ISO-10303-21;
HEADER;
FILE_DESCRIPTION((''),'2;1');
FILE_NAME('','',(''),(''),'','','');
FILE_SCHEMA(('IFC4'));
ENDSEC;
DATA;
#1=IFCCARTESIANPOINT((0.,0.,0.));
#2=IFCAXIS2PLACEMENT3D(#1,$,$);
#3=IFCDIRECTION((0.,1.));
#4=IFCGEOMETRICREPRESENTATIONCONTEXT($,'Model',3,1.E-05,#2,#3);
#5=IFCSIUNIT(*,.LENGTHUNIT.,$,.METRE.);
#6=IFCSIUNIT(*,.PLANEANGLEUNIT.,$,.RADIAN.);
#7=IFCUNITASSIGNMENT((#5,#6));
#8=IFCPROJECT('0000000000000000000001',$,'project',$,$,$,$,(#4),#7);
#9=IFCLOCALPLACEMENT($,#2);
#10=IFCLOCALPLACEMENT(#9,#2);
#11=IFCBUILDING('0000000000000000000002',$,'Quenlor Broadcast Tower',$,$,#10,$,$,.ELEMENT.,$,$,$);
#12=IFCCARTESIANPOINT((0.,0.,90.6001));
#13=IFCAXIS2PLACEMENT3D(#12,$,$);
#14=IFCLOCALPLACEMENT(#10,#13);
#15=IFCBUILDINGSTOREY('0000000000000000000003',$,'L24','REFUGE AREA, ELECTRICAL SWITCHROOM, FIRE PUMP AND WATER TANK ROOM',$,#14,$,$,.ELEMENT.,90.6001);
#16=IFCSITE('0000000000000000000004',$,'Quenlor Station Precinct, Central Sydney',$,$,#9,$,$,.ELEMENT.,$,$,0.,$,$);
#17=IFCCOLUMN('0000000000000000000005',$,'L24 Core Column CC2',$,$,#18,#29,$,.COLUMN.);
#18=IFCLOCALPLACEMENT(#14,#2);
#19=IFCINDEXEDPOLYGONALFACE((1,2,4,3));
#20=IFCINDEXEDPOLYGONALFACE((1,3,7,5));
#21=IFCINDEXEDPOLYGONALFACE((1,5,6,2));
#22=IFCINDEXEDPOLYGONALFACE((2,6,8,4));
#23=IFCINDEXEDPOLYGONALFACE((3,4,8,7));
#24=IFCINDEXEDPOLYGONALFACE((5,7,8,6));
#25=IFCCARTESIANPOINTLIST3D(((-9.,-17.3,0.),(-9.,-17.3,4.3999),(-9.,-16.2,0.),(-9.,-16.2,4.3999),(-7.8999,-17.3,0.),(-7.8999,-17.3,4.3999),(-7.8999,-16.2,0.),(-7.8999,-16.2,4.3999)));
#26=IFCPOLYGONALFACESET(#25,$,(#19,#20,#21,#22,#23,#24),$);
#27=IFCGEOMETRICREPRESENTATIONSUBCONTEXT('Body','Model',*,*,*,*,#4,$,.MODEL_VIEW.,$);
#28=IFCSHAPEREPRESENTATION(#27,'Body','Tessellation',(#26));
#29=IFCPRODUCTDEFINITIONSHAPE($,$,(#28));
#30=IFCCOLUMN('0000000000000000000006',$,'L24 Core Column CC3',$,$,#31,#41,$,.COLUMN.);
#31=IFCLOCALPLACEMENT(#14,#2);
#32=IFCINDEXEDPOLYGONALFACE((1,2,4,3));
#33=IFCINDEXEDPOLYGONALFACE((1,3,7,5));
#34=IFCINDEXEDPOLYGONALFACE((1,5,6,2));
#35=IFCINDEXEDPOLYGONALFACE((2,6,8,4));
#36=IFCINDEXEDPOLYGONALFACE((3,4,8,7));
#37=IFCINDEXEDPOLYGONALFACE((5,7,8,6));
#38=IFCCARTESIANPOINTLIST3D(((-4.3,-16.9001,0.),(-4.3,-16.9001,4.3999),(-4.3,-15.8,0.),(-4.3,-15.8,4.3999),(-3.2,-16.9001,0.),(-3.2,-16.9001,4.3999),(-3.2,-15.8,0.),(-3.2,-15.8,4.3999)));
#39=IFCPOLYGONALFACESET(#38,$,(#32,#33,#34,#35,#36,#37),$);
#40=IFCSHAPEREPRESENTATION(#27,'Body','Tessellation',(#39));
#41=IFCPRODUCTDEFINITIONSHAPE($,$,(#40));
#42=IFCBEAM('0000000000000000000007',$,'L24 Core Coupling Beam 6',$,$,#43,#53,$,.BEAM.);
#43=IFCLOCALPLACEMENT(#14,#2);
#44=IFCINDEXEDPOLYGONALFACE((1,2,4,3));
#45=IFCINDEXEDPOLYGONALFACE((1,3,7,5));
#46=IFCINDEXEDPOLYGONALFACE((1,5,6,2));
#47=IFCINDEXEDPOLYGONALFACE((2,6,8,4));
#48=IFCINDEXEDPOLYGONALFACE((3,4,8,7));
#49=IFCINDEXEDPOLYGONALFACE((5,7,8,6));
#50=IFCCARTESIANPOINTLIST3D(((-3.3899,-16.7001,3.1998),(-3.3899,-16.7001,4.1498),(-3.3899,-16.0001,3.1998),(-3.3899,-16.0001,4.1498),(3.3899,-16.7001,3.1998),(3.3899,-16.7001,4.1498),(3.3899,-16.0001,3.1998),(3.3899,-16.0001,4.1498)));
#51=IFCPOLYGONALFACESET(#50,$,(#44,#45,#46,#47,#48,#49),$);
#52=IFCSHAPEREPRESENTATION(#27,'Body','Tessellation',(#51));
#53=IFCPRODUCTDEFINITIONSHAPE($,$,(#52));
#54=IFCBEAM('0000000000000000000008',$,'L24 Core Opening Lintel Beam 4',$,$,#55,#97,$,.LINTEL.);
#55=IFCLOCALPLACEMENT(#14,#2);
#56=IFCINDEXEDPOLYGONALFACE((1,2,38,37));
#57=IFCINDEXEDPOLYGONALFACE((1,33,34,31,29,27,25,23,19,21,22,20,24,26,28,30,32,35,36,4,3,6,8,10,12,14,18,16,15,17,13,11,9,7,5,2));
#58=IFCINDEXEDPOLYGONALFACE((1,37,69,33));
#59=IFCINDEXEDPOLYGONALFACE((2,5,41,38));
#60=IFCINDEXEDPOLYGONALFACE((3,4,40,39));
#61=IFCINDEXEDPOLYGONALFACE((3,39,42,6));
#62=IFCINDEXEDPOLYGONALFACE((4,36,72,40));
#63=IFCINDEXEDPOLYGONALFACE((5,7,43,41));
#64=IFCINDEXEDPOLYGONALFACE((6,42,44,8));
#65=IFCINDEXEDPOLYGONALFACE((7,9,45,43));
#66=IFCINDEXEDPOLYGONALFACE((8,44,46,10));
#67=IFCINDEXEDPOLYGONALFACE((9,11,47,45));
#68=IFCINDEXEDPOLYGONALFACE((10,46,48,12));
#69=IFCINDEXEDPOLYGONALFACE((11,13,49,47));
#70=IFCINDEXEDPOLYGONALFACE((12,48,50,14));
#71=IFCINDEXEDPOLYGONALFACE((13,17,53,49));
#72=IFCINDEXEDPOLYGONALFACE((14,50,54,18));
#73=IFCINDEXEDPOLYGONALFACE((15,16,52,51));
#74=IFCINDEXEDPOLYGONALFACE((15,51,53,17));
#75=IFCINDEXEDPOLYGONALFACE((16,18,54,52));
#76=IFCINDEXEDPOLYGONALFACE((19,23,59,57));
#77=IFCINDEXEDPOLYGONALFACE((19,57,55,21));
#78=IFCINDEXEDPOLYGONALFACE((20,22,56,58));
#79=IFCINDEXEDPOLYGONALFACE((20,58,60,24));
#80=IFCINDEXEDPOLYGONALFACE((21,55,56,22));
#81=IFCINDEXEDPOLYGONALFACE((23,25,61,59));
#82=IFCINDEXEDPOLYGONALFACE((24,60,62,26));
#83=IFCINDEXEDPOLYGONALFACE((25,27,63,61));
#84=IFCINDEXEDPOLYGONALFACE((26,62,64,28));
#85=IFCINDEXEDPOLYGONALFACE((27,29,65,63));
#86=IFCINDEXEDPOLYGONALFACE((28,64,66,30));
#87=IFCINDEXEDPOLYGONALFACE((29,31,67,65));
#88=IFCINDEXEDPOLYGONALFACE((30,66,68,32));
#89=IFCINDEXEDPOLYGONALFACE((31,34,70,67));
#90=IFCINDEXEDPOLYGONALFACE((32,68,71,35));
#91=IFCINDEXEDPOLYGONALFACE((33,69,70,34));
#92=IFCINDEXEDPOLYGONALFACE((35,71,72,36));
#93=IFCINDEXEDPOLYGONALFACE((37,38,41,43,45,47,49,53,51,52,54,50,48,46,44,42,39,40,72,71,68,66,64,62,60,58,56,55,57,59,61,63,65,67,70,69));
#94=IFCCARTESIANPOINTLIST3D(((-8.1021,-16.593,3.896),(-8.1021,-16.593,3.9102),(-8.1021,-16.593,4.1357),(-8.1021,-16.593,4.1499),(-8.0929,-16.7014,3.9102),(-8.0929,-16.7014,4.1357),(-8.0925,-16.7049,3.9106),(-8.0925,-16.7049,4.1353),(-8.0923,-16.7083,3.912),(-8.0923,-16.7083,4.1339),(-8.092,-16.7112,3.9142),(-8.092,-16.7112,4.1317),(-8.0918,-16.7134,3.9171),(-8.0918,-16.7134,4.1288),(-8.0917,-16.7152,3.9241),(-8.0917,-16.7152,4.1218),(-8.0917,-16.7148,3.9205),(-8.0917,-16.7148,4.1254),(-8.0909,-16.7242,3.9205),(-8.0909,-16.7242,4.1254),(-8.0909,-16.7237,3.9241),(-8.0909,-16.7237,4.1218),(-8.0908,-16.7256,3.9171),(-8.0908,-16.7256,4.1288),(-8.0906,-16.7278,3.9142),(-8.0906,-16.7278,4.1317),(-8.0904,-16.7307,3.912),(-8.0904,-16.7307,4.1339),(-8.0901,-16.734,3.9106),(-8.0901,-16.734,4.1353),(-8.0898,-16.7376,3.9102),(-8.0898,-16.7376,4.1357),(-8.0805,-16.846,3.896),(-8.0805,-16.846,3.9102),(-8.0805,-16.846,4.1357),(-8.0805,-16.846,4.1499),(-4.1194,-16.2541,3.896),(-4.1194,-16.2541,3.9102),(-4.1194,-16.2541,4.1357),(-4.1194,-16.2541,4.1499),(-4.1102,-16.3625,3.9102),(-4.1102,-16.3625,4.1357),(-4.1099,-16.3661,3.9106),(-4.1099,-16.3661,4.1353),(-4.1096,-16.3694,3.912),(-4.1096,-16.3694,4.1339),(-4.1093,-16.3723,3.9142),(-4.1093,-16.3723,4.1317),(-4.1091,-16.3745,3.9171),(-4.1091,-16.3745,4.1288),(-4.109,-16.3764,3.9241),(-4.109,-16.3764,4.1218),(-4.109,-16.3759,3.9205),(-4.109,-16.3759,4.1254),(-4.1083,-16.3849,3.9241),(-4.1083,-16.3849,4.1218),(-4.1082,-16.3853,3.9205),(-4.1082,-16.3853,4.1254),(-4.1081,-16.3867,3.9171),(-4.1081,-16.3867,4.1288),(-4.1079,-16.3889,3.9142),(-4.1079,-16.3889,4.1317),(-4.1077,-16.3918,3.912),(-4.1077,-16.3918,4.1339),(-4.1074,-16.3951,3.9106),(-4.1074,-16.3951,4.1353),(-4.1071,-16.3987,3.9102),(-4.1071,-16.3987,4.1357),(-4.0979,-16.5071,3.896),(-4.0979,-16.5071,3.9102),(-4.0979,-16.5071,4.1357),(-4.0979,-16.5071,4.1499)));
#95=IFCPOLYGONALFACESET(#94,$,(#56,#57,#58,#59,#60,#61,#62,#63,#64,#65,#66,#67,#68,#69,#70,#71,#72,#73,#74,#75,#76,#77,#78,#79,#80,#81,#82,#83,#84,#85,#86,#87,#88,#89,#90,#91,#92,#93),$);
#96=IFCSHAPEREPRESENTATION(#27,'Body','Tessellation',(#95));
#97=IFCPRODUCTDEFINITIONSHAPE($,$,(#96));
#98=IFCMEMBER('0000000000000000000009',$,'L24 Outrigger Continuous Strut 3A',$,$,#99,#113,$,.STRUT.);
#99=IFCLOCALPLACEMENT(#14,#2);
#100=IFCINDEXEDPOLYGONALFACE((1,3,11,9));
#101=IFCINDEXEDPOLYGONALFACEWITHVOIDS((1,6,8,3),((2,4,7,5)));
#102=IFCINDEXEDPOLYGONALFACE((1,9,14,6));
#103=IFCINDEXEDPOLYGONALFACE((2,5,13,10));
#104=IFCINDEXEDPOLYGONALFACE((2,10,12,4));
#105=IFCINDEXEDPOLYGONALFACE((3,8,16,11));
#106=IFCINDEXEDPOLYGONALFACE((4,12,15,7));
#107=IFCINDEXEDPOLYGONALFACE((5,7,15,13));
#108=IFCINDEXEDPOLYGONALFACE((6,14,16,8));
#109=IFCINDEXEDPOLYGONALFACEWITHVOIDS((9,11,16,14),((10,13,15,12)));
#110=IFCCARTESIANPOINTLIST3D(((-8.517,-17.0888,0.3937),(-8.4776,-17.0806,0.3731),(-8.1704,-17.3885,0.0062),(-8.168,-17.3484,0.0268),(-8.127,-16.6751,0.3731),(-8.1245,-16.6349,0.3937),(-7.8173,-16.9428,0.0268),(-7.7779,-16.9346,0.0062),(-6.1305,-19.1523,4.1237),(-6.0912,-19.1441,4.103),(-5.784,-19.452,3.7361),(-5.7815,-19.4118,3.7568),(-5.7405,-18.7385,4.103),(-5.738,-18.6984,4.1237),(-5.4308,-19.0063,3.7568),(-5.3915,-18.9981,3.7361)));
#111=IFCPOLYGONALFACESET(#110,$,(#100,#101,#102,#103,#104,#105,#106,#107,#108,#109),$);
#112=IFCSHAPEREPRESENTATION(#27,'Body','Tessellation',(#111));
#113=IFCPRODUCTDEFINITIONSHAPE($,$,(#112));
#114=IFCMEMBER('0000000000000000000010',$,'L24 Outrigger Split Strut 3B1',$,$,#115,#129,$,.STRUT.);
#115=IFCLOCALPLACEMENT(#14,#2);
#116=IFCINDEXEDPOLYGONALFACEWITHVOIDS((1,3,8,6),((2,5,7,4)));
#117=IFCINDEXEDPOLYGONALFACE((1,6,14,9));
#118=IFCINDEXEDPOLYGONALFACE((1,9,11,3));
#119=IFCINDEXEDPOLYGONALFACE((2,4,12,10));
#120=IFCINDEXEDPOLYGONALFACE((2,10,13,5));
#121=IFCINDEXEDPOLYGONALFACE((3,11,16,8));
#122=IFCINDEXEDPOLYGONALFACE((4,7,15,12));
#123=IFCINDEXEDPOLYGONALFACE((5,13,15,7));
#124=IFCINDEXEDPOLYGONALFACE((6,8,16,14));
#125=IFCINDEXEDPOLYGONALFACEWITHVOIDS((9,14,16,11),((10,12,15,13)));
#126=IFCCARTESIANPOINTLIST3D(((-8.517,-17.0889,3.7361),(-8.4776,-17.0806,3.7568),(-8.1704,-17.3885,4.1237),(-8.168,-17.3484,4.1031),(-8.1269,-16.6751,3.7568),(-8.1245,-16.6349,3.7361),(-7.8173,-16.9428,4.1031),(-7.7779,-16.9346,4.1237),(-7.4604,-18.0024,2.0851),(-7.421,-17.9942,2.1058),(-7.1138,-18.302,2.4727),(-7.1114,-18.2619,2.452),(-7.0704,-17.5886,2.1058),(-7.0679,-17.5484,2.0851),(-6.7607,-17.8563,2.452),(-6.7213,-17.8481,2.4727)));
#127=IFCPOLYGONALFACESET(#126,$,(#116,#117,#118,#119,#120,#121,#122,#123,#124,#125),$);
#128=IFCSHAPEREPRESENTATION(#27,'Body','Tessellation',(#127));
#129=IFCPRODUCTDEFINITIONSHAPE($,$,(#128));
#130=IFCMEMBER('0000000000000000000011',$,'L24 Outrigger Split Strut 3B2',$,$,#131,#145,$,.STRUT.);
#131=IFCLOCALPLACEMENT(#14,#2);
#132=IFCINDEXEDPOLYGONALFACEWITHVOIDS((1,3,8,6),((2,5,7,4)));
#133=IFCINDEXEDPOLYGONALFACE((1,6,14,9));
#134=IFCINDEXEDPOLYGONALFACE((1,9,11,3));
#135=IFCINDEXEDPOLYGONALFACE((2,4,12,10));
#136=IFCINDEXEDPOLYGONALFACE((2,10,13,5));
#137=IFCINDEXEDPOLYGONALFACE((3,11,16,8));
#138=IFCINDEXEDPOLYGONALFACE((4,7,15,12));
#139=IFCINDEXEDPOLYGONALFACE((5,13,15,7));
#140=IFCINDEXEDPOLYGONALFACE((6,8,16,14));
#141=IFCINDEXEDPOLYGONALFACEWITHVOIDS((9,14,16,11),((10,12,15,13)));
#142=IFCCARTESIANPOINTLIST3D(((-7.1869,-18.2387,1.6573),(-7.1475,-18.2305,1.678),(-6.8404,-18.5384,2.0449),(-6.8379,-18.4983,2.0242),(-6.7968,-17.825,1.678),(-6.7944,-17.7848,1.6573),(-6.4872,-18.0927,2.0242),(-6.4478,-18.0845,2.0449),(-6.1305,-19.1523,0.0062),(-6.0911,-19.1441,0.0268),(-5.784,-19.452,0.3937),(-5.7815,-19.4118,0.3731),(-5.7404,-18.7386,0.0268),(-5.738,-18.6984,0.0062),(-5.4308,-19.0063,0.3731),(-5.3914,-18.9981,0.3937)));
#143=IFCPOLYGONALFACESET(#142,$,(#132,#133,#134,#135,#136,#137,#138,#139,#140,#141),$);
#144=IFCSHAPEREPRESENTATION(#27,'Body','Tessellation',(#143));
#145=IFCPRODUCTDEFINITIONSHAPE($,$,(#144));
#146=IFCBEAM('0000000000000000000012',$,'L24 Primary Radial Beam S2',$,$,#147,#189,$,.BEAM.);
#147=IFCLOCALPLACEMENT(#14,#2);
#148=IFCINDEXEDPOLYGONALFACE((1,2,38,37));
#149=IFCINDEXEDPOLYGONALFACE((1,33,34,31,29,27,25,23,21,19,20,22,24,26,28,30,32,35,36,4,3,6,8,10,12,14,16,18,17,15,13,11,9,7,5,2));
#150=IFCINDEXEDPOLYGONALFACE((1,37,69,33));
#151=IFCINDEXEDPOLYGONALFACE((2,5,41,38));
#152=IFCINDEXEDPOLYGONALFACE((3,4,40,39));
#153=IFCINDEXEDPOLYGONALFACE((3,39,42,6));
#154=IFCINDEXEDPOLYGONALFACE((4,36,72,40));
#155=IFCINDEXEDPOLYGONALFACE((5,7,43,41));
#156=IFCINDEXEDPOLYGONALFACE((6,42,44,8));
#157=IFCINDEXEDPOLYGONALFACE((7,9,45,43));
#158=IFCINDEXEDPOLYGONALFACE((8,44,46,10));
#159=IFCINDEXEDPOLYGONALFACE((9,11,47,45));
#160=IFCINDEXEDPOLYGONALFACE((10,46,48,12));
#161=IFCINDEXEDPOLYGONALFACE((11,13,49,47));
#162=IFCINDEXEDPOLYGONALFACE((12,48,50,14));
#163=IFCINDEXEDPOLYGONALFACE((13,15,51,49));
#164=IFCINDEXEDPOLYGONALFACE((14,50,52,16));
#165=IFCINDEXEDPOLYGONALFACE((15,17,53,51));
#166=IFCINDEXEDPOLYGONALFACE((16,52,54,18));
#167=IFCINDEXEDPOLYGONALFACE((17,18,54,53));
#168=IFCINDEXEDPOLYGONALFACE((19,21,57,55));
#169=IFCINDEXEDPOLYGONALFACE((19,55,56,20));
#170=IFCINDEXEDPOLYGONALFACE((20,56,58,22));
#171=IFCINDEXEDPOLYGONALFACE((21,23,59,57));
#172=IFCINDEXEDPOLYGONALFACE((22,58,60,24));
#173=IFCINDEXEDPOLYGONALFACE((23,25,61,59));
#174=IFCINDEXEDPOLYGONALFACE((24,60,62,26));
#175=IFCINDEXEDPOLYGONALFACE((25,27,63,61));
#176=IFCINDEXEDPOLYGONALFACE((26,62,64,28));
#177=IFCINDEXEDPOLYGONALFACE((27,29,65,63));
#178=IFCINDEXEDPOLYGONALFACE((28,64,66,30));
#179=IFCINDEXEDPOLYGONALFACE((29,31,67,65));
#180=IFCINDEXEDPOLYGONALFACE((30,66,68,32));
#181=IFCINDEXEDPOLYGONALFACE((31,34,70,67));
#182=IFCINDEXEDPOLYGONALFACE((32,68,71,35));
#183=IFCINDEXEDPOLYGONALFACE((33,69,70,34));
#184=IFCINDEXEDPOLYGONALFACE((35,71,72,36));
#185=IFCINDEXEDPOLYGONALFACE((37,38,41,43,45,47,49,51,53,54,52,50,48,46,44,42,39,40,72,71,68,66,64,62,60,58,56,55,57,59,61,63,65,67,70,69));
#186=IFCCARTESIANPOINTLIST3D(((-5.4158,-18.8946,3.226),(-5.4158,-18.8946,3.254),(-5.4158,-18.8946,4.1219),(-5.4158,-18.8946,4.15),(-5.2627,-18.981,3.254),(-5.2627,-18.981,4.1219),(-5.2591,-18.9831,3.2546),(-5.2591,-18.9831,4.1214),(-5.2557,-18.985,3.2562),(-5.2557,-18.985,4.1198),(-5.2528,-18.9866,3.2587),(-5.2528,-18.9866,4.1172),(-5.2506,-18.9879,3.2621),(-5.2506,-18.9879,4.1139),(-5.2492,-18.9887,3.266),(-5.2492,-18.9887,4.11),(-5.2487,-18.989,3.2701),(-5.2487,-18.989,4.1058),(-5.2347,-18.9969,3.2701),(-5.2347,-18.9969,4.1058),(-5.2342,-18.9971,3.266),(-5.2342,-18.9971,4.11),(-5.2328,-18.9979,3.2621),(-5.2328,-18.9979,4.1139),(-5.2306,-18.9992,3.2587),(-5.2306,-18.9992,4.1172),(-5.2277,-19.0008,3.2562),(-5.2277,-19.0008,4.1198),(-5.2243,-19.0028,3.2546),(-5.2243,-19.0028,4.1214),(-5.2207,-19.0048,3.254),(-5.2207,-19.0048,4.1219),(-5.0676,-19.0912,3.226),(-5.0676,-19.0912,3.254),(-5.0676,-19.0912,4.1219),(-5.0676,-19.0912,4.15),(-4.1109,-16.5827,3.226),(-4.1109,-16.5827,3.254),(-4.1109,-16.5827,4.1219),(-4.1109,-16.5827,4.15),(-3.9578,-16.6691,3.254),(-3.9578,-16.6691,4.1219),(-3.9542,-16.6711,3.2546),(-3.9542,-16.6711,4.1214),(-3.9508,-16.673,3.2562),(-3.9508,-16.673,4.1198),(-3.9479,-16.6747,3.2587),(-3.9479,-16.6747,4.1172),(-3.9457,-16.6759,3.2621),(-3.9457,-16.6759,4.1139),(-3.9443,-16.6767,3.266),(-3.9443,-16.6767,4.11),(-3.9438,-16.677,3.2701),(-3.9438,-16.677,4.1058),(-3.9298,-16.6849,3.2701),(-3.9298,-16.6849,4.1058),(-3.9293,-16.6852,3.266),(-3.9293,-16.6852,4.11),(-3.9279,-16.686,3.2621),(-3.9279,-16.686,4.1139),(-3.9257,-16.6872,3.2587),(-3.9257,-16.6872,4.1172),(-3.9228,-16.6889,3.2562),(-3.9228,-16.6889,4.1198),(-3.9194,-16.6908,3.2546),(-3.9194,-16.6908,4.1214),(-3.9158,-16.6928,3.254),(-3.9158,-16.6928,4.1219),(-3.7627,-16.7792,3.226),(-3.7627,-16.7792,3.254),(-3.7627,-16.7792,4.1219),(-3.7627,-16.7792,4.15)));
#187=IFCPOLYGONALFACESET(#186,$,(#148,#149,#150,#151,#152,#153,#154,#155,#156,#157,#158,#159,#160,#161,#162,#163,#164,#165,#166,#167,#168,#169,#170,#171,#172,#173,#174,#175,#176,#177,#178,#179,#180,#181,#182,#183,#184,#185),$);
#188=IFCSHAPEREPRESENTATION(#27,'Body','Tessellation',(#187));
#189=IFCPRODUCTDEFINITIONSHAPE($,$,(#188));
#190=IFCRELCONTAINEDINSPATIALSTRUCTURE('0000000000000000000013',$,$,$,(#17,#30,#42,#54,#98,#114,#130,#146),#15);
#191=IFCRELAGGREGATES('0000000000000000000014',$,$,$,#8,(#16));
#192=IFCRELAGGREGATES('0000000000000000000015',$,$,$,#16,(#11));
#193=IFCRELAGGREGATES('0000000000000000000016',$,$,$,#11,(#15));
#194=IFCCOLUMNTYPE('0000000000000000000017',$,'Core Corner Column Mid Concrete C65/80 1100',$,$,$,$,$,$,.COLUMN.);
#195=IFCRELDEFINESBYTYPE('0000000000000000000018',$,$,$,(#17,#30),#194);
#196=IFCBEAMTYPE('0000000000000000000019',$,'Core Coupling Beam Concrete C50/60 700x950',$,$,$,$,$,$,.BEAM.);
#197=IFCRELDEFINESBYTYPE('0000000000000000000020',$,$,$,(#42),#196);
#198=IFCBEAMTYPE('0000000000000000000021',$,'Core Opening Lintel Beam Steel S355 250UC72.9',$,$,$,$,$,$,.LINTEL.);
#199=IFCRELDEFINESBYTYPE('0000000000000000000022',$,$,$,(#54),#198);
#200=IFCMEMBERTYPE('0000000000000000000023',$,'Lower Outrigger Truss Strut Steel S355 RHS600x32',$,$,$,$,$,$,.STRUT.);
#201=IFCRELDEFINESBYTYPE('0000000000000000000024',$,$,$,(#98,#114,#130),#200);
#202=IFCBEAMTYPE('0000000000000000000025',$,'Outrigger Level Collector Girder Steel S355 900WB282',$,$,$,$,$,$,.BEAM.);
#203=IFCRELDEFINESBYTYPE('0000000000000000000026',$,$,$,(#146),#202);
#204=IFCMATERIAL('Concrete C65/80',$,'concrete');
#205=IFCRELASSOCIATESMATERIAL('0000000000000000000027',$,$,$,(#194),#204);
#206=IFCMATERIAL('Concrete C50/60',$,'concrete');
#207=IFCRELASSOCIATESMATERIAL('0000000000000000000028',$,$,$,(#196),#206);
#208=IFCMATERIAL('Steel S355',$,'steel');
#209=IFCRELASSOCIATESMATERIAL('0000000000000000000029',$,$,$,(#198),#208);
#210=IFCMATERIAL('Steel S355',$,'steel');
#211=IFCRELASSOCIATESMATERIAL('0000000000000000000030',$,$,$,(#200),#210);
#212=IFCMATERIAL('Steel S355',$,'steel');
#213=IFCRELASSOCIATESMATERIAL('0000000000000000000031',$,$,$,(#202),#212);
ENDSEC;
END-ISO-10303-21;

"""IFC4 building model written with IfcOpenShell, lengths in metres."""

from ifc_helpers import new_model, si_unit, direction, frame, origin, origin_2d, place, context, subcontext, project, spatial, rectangle, hollow_rectangle, i_section, extrude, material, material_profile, profile_set, type_object, element, save


model = new_model("IFC4")

# Units and contexts
model_context = context("Model", 3, precision=1e-05, world=origin(), true_north=direction((0.0, 1.0)))
body_context = subcontext(model_context, "Body", "Model", "MODEL_VIEW")
ifc_project = project(units=[si_unit("LENGTHUNIT", "METRE"), si_unit("PLANEANGLEUNIT", "RADIAN")], contexts=[model_context])

# Site, building, storey
site_placement = place(None, origin())
site = spatial("IfcSite", under=ifc_project, at=site_placement, Name="Quenlor Station Precinct, Central Sydney", CompositionType="ELEMENT", RefElevation=0.0)
building_placement = place(site_placement, origin())
building = spatial("IfcBuilding", under=site, at=building_placement, Name="Quenlor Broadcast Tower", CompositionType="ELEMENT")
storey_placement = place(building_placement, frame((0.0, 0.0, 90.6001)))
storey = spatial("IfcBuildingStorey", under=building, at=storey_placement, Name="L24", Description="REFUGE AREA, ELECTRICAL SWITCHROOM, FIRE PUMP AND WATER TANK ROOM", CompositionType="ELEMENT", Elevation=90.6001)

# Columns
ifc_material_1 = material(Name="Concrete C65/80", Category="concrete")
ifc_material_profile_1 = material_profile(ifc_material_1, rectangle(XDim=1.1001, YDim=1.1001, at=origin_2d()))
ifc_profile_set_1 = profile_set([ifc_material_profile_1], Name="Concrete C65/80 RC1100x1100")
column_type = type_object("IfcColumnType", Name="Core Corner Column Mid Concrete C65/80 1100", PredefinedType="COLUMN", material=ifc_profile_set_1)
for number, where, z_axis, x_axis, name in (
    (1, (-8.45, -16.75, 0.0), (0.0, 0.0, 1.0), (1.0, 0.0, 0.0), "L24 Core Column CC2"),
    (2, (-3.75, -16.3501, 0.0), (0.0, 0.0, 1.0), (1.0, 0.0, 0.0), "L24 Core Column CC3"),
):
    element("IfcColumn", number, at=place(storey_placement, frame(where, z_axis=z_axis, x_axis=x_axis)), inside=storey, type_object=column_type, Name=name, PredefinedType="COLUMN", context=body_context, shape_type="SweptSolid", body=[
        extrude(rectangle(XDim=1.1001, YDim=1.1001, at=origin_2d()), origin(), (0.0, 0.0, 1.0), 4.3999),
    ])

# Beams
ifc_material_2 = material(Name="Concrete C50/60", Category="concrete")
ifc_material_profile_2 = material_profile(ifc_material_2, rectangle(XDim=0.7, YDim=0.95, at=origin_2d()))
ifc_profile_set_2 = profile_set([ifc_material_profile_2], Name="Concrete C50/60 RCB700x950")
beam_type_1 = type_object("IfcBeamType", Name="Core Coupling Beam Concrete C50/60 700x950", PredefinedType="BEAM", material=ifc_profile_set_2)
beam_1_placement = place(storey_placement, frame((-3.3899, -16.3501, 3.6748), z_axis=(1.0, 0.0, 0.0), x_axis=(0.0, 1.0, 0.0)))
element("IfcBeam", 3, at=beam_1_placement, inside=storey, type_object=beam_type_1, Name="L24 Core Coupling Beam 6", PredefinedType="BEAM", context=body_context, shape_type="SweptSolid", body=[
    extrude(rectangle(XDim=0.7, YDim=0.95, at=origin_2d()), origin(), (0.0, 0.0, 1.0), 6.7798),
])
ifc_material_3 = material(Name="Steel S355", Category="steel")
ifc_material_profile_3 = material_profile(ifc_material_3, i_section(OverallWidth=0.2539, OverallDepth=0.2539, WebThickness=0.0085, FlangeThickness=0.0142, FilletRadius=0.0139, at=origin_2d()))
ifc_profile_set_3 = profile_set([ifc_material_profile_3], Name="Steel S355 250UC72.9")
beam_type_2 = type_object("IfcBeamType", Name="Core Opening Lintel Beam Steel S355 250UC72.9", PredefinedType="LINTEL", material=ifc_profile_set_3)
beam_2_placement = place(storey_placement, frame((-8.0913, -16.7195, 4.0229), z_axis=(0.9964, 0.084779, 0.0), x_axis=(-0.084779, 0.9964, 0.0)))
element("IfcBeam", 4, at=beam_2_placement, inside=storey, type_object=beam_type_2, Name="L24 Core Opening Lintel Beam 4", PredefinedType="LINTEL", context=body_context, shape_type="SweptSolid", body=[
    extrude(i_section(OverallWidth=0.2539, OverallDepth=0.2539, WebThickness=0.0085, FlangeThickness=0.0142, FilletRadius=0.0139, at=origin_2d()), origin(), (0.0, 0.0, 1.0), 3.9971),
])

# Members
ifc_material_4 = material(Name="Steel S355", Category="steel")
ifc_material_profile_4 = material_profile(ifc_material_4, hollow_rectangle(XDim=0.6001, YDim=0.6001, WallThickness=0.032, at=origin_2d()))
ifc_profile_set_4 = profile_set([ifc_material_profile_4], Name="Steel S355 RHS600x600x32")
member_type = type_object("IfcMemberType", Name="Lower Outrigger Truss Strut Steel S355 RHS600x32", PredefinedType="STRUT", material=ifc_profile_set_4)
member_placement = place(storey_placement, frame((-8.1475, -17.0117, 0.2), z_axis=(0.488503, -0.422387, 0.763514), x_axis=(0.654061, 0.756442, 0.0)))
element("IfcMember", 5, at=member_placement, inside=storey, type_object=member_type, Name="L24 Outrigger Continuous Strut 3A", PredefinedType="STRUT", context=body_context, shape_type="SweptSolid", body=[
    extrude(hollow_rectangle(XDim=0.6001, YDim=0.6001, WallThickness=0.032, at=origin_2d()), origin(), (0.0, 0.0, 1.0), 4.8853),
])
for number, where, z_axis, x_axis, name in (
    (6, (-8.1475, -17.0117, 3.9299), (0.488572, -0.422421, -0.763451), (0.654038, 0.756461, 0.0), "L24 Outrigger Split Strut 3B1"),
    (7, (-6.8174, -18.1616, 1.8511), (0.488487, -0.422444, -0.763493), (0.654125, 0.756387, 0.0), "L24 Outrigger Split Strut 3B2"),
):
    element("IfcMember", number, at=place(storey_placement, frame(where, z_axis=z_axis, x_axis=x_axis)), inside=storey, type_object=member_type, Name=name, PredefinedType="STRUT", context=body_context, shape_type="SweptSolid", body=[
        extrude(hollow_rectangle(XDim=0.6001, YDim=0.6001, WallThickness=0.032, at=origin_2d()), origin(), (0.0, 0.0, 1.0), 2.1626),
    ])

# Beam
ifc_material_5 = material(Name="Steel S355", Category="steel")
ifc_material_profile_5 = material_profile(ifc_material_5, i_section(OverallWidth=0.3999, OverallDepth=0.9241, WebThickness=0.0161, FlangeThickness=0.0281, FilletRadius=0.0161, at=origin_2d()))
ifc_profile_set_5 = profile_set([ifc_material_profile_5], Name="Steel S355 900WB282")
beam_type_3 = type_object("IfcBeamType", Name="Outrigger Level Collector Girder Steel S355 900WB282", PredefinedType="BEAM", material=ifc_profile_set_5)
beam_3_placement = place(storey_placement, frame((-5.2417, -18.9929, 3.688), z_axis=(0.491527, 0.870862, 0.0), x_axis=(-0.870862, 0.491527, 0.0)))
element("IfcBeam", 8, at=beam_3_placement, inside=storey, type_object=beam_type_3, Name="L24 Primary Radial Beam S2", PredefinedType="BEAM", context=body_context, shape_type="SweptSolid", body=[
    extrude(i_section(OverallWidth=0.3999, OverallDepth=0.9241, WebThickness=0.0161, FlangeThickness=0.0281, FilletRadius=0.0161, at=origin_2d()), origin(), (0.0, 0.0, 1.0), 2.6548),
])

save(model, "model.ifc")
